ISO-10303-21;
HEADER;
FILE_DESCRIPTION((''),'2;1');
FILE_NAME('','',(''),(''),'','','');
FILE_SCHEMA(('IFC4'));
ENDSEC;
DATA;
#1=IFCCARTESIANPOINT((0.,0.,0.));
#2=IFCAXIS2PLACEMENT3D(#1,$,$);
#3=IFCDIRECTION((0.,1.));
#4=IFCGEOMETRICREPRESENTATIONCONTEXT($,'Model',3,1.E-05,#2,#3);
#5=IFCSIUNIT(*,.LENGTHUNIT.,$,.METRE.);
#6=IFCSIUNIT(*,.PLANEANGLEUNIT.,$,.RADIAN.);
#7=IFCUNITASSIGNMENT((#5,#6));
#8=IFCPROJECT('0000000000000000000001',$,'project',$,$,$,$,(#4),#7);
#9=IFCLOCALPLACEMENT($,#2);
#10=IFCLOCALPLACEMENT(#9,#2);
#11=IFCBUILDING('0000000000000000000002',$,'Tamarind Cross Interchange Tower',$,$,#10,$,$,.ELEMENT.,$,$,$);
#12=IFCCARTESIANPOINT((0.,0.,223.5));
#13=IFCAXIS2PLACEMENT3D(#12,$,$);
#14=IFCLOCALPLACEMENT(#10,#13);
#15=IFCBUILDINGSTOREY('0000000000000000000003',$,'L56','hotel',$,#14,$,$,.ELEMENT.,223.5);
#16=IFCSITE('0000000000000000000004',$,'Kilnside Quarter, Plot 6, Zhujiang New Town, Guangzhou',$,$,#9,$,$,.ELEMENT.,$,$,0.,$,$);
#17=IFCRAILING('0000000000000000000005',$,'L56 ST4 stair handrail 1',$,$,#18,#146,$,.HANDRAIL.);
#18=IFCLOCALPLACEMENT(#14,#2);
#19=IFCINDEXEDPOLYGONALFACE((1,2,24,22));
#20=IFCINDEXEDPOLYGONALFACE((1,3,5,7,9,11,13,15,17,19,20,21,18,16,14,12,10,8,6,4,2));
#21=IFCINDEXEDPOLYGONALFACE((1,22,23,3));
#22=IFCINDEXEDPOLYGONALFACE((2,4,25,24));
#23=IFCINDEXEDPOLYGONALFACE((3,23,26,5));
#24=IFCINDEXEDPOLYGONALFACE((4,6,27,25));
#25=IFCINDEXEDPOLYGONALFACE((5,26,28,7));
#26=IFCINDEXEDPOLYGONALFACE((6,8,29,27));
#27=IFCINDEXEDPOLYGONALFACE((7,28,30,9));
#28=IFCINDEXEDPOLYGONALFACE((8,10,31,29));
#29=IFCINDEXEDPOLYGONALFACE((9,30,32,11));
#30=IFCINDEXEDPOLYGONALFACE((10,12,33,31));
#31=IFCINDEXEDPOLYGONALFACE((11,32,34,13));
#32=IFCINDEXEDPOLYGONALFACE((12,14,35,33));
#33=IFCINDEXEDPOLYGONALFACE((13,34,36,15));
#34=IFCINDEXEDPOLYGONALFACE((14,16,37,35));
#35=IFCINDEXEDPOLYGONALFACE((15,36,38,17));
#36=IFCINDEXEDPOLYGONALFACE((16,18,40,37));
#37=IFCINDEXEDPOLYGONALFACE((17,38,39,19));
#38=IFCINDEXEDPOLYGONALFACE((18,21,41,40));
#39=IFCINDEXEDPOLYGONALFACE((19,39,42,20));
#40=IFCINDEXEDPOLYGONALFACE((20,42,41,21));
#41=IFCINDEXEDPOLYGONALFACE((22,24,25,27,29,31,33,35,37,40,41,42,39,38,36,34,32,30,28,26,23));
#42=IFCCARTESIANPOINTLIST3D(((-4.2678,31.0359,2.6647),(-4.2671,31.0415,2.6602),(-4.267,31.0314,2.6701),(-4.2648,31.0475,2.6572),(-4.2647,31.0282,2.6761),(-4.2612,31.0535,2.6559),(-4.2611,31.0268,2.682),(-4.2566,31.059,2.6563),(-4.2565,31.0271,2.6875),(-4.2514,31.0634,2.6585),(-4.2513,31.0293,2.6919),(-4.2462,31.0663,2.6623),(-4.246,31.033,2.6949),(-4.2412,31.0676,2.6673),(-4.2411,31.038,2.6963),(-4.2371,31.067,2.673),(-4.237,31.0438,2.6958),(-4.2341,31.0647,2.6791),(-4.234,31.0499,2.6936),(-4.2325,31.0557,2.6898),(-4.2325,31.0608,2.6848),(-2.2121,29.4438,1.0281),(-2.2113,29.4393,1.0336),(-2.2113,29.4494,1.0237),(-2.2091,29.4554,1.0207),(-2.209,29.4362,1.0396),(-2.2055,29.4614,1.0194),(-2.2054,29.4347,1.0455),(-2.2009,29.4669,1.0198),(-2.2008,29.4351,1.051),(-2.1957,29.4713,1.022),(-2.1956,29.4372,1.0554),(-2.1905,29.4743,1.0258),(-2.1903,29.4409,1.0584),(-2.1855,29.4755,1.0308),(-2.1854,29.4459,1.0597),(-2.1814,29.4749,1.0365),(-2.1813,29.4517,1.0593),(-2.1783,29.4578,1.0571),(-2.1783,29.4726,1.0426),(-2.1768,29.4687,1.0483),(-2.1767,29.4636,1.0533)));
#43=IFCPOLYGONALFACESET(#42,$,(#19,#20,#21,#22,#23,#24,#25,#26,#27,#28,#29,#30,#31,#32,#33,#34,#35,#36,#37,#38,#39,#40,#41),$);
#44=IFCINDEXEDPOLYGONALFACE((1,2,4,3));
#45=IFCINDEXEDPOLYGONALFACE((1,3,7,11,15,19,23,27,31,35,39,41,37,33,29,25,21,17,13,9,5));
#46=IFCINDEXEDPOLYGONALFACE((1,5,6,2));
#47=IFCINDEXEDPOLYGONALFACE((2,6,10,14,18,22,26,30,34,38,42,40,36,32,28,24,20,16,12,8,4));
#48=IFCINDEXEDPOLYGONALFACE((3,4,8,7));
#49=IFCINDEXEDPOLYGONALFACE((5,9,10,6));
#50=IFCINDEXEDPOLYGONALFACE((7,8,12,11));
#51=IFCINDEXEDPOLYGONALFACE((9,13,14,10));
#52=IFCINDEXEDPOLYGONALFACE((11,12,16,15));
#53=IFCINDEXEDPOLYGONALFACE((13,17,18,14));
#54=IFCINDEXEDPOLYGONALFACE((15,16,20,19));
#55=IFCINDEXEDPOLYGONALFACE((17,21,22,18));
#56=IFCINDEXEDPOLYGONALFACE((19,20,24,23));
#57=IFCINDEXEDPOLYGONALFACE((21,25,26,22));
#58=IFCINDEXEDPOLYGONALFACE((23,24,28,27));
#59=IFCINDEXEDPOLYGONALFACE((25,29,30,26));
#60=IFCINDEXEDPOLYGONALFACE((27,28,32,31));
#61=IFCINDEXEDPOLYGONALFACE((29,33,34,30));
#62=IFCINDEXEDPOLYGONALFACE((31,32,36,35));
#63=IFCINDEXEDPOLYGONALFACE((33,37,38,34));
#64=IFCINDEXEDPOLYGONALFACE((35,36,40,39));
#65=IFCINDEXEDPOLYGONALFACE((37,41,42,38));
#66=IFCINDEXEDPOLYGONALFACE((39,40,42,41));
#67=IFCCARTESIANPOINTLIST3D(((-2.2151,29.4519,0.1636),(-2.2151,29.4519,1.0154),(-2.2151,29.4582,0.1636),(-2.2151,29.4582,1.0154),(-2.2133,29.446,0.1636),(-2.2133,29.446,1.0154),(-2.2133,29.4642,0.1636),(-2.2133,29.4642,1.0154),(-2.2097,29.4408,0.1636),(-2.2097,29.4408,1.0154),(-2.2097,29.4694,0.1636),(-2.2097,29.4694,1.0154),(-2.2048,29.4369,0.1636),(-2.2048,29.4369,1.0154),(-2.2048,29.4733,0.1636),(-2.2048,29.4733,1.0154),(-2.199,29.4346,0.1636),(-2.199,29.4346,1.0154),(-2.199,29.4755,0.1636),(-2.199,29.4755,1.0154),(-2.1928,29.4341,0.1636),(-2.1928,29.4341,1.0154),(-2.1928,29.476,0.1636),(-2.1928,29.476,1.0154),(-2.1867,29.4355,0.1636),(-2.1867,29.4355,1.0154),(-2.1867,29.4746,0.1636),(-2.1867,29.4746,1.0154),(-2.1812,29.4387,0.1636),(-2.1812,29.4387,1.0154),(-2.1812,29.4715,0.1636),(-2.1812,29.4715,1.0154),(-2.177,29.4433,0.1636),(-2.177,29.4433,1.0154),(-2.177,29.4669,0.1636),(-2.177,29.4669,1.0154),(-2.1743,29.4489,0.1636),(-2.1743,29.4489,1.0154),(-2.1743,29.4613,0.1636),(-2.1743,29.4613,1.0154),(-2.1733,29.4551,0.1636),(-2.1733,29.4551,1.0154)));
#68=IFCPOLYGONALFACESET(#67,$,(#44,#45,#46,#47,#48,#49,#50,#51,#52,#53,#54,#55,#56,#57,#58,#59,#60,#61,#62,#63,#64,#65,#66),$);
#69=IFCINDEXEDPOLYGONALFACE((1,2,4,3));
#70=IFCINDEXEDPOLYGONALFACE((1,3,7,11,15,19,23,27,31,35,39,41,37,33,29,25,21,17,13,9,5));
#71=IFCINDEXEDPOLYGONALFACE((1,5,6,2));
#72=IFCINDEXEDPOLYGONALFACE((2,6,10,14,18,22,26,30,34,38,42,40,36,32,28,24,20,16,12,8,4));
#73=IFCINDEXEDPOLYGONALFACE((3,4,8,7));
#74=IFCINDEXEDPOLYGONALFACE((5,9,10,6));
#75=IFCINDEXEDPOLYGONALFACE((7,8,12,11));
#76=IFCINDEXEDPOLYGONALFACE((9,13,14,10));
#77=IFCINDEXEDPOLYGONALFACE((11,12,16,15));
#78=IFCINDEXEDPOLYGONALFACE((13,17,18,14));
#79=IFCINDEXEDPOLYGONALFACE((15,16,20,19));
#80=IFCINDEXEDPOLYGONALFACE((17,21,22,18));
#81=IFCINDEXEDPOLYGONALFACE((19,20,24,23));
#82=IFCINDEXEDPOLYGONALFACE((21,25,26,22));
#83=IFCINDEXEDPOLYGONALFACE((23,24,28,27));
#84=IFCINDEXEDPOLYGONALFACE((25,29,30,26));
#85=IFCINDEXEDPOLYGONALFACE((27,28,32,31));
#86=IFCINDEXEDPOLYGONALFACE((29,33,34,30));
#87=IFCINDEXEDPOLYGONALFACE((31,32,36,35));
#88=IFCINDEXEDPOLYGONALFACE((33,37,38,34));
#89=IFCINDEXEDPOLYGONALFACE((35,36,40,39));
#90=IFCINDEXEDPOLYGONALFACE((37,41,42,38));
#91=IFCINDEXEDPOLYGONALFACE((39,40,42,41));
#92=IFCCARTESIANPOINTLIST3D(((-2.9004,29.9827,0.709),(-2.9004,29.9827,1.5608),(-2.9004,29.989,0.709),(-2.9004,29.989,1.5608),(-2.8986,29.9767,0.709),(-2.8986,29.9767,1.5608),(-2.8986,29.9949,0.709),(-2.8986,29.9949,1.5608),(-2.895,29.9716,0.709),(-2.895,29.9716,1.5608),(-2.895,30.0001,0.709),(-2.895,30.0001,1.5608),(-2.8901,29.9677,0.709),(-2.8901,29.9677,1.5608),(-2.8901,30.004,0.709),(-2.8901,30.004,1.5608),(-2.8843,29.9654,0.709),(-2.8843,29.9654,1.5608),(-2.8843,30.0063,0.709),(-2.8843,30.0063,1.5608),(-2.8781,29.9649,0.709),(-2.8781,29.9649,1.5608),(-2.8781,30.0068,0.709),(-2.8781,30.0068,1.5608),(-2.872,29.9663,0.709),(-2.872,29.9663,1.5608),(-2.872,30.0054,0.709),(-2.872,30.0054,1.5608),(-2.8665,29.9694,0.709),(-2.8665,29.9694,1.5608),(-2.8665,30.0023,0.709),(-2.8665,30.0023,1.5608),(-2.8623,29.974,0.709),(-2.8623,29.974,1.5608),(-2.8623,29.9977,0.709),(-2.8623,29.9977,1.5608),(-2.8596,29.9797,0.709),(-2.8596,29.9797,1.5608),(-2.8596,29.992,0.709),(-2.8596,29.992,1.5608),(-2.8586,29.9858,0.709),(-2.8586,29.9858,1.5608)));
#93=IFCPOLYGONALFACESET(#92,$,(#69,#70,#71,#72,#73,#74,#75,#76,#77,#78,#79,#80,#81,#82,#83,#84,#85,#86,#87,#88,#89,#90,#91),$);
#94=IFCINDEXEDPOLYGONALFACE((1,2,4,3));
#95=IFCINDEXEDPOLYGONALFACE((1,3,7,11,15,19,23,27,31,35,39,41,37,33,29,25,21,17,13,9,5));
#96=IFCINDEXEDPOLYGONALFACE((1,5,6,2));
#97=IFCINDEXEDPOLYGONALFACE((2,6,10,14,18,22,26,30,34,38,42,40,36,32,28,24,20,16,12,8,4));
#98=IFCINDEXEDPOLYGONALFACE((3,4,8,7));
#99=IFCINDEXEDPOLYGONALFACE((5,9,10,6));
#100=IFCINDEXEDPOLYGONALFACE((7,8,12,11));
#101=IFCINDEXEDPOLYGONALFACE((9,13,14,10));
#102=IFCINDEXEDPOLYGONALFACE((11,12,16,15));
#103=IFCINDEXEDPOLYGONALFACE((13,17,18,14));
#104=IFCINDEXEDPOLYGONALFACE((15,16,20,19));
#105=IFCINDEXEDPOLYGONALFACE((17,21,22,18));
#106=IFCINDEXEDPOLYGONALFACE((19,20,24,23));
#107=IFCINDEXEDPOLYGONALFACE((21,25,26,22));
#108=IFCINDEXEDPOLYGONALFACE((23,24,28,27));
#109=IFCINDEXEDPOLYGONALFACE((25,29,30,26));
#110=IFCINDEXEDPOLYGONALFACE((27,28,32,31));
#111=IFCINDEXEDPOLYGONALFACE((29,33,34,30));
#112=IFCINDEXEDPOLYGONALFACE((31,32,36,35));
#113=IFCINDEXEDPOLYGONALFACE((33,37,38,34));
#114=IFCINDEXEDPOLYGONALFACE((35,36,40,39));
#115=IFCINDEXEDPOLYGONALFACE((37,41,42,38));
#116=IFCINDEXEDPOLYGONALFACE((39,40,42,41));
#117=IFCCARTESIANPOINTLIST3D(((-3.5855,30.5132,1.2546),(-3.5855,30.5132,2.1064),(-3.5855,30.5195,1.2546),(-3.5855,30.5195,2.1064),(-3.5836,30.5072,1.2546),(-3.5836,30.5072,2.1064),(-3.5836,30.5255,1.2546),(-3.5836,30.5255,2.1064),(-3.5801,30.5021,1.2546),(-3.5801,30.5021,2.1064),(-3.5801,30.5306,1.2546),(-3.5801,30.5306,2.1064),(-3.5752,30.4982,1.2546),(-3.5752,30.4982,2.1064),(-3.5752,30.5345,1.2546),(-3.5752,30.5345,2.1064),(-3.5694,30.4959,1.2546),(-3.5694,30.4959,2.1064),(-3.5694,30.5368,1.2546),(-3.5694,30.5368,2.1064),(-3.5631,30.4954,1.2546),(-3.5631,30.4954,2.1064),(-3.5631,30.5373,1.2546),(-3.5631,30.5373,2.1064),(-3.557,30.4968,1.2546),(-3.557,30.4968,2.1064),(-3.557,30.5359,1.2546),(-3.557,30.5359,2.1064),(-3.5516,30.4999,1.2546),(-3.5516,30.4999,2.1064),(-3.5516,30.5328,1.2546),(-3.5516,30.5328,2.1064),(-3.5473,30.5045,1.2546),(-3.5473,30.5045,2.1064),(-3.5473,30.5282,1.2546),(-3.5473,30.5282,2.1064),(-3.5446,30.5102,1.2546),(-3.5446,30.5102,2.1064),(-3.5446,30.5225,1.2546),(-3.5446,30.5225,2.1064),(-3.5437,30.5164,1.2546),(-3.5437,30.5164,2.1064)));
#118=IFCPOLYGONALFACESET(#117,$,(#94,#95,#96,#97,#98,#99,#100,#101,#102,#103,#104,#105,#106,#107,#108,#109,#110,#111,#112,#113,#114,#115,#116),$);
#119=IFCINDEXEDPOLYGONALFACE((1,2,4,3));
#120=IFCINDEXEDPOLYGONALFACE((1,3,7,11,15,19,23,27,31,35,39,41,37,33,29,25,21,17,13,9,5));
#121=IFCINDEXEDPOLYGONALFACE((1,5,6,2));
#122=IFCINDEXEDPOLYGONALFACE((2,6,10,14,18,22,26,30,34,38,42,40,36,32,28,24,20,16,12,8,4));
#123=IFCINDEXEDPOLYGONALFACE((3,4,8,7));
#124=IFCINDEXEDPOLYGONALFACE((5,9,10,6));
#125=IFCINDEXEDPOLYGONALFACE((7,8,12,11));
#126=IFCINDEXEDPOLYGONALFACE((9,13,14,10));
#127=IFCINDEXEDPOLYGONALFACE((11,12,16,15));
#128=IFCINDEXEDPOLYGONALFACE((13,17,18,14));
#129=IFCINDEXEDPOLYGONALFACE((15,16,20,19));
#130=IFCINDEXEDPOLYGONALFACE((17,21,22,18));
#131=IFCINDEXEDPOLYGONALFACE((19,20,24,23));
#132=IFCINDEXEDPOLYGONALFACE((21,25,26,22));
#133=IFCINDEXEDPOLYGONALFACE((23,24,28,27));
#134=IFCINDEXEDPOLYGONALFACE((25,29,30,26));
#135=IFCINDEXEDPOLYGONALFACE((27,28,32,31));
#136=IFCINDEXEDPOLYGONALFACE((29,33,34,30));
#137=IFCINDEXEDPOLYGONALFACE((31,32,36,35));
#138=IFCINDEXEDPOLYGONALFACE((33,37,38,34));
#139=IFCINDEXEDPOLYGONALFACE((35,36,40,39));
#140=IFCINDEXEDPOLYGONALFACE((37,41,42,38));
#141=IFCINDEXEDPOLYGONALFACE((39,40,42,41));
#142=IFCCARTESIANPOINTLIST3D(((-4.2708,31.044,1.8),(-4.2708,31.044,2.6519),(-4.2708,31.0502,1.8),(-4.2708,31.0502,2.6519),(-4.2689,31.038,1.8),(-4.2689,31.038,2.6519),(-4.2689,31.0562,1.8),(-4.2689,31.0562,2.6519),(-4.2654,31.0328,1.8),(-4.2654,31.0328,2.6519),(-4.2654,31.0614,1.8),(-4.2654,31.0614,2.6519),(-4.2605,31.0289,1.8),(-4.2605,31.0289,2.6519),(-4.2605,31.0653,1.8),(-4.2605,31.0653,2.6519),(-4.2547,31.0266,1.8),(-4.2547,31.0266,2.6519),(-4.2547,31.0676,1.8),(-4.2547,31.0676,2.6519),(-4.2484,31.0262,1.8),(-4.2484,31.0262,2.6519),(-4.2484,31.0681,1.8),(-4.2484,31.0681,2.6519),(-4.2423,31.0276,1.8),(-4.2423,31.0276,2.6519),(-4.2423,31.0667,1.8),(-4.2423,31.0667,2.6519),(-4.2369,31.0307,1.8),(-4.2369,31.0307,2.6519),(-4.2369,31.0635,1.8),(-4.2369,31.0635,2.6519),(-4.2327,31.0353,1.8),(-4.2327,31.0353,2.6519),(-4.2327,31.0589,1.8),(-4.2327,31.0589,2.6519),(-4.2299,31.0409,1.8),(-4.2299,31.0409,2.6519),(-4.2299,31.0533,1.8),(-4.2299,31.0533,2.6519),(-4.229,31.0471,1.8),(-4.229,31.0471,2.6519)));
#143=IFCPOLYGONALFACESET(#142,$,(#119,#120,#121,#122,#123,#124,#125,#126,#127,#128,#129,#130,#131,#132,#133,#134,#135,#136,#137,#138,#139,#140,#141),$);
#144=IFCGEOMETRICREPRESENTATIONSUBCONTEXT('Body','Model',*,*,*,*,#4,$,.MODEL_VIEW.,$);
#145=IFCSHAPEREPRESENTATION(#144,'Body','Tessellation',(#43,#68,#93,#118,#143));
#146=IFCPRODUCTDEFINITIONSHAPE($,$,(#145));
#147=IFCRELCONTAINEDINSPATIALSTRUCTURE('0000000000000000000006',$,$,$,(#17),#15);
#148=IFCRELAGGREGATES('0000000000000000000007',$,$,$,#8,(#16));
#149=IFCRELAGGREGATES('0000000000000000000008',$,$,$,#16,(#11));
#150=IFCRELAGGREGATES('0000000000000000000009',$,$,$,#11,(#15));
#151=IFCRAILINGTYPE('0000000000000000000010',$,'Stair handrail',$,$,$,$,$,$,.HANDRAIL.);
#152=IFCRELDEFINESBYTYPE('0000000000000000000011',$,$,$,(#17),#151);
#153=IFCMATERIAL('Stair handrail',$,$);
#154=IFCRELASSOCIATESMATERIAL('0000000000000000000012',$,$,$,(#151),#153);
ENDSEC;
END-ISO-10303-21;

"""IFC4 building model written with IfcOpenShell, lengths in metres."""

from ifc_helpers import new_model, si_unit, direction, frame, origin, origin_2d, place, context, subcontext, project, spatial, circle, extrude, material, type_object, element, save


model = new_model("IFC4")

# Units and contexts
model_context = context("Model", 3, precision=1e-05, world=origin(), true_north=direction((0.0, 1.0)))
body_context = subcontext(model_context, "Body", "Model", "MODEL_VIEW")
ifc_project = project(units=[si_unit("LENGTHUNIT", "METRE"), si_unit("PLANEANGLEUNIT", "RADIAN")], contexts=[model_context])

# Site, building, storey
site_placement = place(None, origin())
site = spatial("IfcSite", under=ifc_project, at=site_placement, Name="Kilnside Quarter, Plot 6, Zhujiang New Town, Guangzhou", CompositionType="ELEMENT", RefElevation=0.0)
building_placement = place(site_placement, origin())
building = spatial("IfcBuilding", under=site, at=building_placement, Name="Tamarind Cross Interchange Tower", CompositionType="ELEMENT")
storey_placement = place(building_placement, frame((0.0, 0.0, 223.5)))
storey = spatial("IfcBuildingStorey", under=building, at=storey_placement, Name="L56", Description="hotel", CompositionType="ELEMENT", Elevation=223.5)

# Railing
ifc_material_1 = material(Name="Stair handrail")
railing_type_1 = type_object("IfcRailingType", Name="Stair handrail", PredefinedType="HANDRAIL", material=ifc_material_1)
railing_1_placement = place(storey_placement, frame((-2.1943, 29.4551, 0.1636)))
element("IfcRailing", 1, at=railing_1_placement, inside=storey, type_object=railing_type_1, Name="L56 ST4 stair handrail 1", PredefinedType="HANDRAIL", context=body_context, shape_type="SweptSolid", body=[
    extrude(circle(Radius=0.0239, at=origin_2d()), frame((0.0, 0.0, 0.876), z_axis=(-0.669118, 0.518209, 0.532672), x_axis=(-0.612308, -0.79062, 0.0)), (0.0, 0.0, 1.0), 3.0723),
    extrude(circle(Radius=0.021, at=origin_2d()), origin(), (0.0, 0.0, 1.0), 0.8518),
    extrude(circle(Radius=0.021, at=origin_2d()), frame((-0.6853, 0.5308, 0.5454)), (0.0, 0.0, 1.0), 0.8518),
    extrude(circle(Radius=0.021, at=origin_2d()), frame((-1.3704, 1.0613, 1.0911)), (0.0, 0.0, 1.0), 0.8518),
    extrude(circle(Radius=0.021, at=origin_2d()), frame((-2.0557, 1.592, 1.6365)), (0.0, 0.0, 1.0), 0.8518),
])

save(model, "model.ifc")
